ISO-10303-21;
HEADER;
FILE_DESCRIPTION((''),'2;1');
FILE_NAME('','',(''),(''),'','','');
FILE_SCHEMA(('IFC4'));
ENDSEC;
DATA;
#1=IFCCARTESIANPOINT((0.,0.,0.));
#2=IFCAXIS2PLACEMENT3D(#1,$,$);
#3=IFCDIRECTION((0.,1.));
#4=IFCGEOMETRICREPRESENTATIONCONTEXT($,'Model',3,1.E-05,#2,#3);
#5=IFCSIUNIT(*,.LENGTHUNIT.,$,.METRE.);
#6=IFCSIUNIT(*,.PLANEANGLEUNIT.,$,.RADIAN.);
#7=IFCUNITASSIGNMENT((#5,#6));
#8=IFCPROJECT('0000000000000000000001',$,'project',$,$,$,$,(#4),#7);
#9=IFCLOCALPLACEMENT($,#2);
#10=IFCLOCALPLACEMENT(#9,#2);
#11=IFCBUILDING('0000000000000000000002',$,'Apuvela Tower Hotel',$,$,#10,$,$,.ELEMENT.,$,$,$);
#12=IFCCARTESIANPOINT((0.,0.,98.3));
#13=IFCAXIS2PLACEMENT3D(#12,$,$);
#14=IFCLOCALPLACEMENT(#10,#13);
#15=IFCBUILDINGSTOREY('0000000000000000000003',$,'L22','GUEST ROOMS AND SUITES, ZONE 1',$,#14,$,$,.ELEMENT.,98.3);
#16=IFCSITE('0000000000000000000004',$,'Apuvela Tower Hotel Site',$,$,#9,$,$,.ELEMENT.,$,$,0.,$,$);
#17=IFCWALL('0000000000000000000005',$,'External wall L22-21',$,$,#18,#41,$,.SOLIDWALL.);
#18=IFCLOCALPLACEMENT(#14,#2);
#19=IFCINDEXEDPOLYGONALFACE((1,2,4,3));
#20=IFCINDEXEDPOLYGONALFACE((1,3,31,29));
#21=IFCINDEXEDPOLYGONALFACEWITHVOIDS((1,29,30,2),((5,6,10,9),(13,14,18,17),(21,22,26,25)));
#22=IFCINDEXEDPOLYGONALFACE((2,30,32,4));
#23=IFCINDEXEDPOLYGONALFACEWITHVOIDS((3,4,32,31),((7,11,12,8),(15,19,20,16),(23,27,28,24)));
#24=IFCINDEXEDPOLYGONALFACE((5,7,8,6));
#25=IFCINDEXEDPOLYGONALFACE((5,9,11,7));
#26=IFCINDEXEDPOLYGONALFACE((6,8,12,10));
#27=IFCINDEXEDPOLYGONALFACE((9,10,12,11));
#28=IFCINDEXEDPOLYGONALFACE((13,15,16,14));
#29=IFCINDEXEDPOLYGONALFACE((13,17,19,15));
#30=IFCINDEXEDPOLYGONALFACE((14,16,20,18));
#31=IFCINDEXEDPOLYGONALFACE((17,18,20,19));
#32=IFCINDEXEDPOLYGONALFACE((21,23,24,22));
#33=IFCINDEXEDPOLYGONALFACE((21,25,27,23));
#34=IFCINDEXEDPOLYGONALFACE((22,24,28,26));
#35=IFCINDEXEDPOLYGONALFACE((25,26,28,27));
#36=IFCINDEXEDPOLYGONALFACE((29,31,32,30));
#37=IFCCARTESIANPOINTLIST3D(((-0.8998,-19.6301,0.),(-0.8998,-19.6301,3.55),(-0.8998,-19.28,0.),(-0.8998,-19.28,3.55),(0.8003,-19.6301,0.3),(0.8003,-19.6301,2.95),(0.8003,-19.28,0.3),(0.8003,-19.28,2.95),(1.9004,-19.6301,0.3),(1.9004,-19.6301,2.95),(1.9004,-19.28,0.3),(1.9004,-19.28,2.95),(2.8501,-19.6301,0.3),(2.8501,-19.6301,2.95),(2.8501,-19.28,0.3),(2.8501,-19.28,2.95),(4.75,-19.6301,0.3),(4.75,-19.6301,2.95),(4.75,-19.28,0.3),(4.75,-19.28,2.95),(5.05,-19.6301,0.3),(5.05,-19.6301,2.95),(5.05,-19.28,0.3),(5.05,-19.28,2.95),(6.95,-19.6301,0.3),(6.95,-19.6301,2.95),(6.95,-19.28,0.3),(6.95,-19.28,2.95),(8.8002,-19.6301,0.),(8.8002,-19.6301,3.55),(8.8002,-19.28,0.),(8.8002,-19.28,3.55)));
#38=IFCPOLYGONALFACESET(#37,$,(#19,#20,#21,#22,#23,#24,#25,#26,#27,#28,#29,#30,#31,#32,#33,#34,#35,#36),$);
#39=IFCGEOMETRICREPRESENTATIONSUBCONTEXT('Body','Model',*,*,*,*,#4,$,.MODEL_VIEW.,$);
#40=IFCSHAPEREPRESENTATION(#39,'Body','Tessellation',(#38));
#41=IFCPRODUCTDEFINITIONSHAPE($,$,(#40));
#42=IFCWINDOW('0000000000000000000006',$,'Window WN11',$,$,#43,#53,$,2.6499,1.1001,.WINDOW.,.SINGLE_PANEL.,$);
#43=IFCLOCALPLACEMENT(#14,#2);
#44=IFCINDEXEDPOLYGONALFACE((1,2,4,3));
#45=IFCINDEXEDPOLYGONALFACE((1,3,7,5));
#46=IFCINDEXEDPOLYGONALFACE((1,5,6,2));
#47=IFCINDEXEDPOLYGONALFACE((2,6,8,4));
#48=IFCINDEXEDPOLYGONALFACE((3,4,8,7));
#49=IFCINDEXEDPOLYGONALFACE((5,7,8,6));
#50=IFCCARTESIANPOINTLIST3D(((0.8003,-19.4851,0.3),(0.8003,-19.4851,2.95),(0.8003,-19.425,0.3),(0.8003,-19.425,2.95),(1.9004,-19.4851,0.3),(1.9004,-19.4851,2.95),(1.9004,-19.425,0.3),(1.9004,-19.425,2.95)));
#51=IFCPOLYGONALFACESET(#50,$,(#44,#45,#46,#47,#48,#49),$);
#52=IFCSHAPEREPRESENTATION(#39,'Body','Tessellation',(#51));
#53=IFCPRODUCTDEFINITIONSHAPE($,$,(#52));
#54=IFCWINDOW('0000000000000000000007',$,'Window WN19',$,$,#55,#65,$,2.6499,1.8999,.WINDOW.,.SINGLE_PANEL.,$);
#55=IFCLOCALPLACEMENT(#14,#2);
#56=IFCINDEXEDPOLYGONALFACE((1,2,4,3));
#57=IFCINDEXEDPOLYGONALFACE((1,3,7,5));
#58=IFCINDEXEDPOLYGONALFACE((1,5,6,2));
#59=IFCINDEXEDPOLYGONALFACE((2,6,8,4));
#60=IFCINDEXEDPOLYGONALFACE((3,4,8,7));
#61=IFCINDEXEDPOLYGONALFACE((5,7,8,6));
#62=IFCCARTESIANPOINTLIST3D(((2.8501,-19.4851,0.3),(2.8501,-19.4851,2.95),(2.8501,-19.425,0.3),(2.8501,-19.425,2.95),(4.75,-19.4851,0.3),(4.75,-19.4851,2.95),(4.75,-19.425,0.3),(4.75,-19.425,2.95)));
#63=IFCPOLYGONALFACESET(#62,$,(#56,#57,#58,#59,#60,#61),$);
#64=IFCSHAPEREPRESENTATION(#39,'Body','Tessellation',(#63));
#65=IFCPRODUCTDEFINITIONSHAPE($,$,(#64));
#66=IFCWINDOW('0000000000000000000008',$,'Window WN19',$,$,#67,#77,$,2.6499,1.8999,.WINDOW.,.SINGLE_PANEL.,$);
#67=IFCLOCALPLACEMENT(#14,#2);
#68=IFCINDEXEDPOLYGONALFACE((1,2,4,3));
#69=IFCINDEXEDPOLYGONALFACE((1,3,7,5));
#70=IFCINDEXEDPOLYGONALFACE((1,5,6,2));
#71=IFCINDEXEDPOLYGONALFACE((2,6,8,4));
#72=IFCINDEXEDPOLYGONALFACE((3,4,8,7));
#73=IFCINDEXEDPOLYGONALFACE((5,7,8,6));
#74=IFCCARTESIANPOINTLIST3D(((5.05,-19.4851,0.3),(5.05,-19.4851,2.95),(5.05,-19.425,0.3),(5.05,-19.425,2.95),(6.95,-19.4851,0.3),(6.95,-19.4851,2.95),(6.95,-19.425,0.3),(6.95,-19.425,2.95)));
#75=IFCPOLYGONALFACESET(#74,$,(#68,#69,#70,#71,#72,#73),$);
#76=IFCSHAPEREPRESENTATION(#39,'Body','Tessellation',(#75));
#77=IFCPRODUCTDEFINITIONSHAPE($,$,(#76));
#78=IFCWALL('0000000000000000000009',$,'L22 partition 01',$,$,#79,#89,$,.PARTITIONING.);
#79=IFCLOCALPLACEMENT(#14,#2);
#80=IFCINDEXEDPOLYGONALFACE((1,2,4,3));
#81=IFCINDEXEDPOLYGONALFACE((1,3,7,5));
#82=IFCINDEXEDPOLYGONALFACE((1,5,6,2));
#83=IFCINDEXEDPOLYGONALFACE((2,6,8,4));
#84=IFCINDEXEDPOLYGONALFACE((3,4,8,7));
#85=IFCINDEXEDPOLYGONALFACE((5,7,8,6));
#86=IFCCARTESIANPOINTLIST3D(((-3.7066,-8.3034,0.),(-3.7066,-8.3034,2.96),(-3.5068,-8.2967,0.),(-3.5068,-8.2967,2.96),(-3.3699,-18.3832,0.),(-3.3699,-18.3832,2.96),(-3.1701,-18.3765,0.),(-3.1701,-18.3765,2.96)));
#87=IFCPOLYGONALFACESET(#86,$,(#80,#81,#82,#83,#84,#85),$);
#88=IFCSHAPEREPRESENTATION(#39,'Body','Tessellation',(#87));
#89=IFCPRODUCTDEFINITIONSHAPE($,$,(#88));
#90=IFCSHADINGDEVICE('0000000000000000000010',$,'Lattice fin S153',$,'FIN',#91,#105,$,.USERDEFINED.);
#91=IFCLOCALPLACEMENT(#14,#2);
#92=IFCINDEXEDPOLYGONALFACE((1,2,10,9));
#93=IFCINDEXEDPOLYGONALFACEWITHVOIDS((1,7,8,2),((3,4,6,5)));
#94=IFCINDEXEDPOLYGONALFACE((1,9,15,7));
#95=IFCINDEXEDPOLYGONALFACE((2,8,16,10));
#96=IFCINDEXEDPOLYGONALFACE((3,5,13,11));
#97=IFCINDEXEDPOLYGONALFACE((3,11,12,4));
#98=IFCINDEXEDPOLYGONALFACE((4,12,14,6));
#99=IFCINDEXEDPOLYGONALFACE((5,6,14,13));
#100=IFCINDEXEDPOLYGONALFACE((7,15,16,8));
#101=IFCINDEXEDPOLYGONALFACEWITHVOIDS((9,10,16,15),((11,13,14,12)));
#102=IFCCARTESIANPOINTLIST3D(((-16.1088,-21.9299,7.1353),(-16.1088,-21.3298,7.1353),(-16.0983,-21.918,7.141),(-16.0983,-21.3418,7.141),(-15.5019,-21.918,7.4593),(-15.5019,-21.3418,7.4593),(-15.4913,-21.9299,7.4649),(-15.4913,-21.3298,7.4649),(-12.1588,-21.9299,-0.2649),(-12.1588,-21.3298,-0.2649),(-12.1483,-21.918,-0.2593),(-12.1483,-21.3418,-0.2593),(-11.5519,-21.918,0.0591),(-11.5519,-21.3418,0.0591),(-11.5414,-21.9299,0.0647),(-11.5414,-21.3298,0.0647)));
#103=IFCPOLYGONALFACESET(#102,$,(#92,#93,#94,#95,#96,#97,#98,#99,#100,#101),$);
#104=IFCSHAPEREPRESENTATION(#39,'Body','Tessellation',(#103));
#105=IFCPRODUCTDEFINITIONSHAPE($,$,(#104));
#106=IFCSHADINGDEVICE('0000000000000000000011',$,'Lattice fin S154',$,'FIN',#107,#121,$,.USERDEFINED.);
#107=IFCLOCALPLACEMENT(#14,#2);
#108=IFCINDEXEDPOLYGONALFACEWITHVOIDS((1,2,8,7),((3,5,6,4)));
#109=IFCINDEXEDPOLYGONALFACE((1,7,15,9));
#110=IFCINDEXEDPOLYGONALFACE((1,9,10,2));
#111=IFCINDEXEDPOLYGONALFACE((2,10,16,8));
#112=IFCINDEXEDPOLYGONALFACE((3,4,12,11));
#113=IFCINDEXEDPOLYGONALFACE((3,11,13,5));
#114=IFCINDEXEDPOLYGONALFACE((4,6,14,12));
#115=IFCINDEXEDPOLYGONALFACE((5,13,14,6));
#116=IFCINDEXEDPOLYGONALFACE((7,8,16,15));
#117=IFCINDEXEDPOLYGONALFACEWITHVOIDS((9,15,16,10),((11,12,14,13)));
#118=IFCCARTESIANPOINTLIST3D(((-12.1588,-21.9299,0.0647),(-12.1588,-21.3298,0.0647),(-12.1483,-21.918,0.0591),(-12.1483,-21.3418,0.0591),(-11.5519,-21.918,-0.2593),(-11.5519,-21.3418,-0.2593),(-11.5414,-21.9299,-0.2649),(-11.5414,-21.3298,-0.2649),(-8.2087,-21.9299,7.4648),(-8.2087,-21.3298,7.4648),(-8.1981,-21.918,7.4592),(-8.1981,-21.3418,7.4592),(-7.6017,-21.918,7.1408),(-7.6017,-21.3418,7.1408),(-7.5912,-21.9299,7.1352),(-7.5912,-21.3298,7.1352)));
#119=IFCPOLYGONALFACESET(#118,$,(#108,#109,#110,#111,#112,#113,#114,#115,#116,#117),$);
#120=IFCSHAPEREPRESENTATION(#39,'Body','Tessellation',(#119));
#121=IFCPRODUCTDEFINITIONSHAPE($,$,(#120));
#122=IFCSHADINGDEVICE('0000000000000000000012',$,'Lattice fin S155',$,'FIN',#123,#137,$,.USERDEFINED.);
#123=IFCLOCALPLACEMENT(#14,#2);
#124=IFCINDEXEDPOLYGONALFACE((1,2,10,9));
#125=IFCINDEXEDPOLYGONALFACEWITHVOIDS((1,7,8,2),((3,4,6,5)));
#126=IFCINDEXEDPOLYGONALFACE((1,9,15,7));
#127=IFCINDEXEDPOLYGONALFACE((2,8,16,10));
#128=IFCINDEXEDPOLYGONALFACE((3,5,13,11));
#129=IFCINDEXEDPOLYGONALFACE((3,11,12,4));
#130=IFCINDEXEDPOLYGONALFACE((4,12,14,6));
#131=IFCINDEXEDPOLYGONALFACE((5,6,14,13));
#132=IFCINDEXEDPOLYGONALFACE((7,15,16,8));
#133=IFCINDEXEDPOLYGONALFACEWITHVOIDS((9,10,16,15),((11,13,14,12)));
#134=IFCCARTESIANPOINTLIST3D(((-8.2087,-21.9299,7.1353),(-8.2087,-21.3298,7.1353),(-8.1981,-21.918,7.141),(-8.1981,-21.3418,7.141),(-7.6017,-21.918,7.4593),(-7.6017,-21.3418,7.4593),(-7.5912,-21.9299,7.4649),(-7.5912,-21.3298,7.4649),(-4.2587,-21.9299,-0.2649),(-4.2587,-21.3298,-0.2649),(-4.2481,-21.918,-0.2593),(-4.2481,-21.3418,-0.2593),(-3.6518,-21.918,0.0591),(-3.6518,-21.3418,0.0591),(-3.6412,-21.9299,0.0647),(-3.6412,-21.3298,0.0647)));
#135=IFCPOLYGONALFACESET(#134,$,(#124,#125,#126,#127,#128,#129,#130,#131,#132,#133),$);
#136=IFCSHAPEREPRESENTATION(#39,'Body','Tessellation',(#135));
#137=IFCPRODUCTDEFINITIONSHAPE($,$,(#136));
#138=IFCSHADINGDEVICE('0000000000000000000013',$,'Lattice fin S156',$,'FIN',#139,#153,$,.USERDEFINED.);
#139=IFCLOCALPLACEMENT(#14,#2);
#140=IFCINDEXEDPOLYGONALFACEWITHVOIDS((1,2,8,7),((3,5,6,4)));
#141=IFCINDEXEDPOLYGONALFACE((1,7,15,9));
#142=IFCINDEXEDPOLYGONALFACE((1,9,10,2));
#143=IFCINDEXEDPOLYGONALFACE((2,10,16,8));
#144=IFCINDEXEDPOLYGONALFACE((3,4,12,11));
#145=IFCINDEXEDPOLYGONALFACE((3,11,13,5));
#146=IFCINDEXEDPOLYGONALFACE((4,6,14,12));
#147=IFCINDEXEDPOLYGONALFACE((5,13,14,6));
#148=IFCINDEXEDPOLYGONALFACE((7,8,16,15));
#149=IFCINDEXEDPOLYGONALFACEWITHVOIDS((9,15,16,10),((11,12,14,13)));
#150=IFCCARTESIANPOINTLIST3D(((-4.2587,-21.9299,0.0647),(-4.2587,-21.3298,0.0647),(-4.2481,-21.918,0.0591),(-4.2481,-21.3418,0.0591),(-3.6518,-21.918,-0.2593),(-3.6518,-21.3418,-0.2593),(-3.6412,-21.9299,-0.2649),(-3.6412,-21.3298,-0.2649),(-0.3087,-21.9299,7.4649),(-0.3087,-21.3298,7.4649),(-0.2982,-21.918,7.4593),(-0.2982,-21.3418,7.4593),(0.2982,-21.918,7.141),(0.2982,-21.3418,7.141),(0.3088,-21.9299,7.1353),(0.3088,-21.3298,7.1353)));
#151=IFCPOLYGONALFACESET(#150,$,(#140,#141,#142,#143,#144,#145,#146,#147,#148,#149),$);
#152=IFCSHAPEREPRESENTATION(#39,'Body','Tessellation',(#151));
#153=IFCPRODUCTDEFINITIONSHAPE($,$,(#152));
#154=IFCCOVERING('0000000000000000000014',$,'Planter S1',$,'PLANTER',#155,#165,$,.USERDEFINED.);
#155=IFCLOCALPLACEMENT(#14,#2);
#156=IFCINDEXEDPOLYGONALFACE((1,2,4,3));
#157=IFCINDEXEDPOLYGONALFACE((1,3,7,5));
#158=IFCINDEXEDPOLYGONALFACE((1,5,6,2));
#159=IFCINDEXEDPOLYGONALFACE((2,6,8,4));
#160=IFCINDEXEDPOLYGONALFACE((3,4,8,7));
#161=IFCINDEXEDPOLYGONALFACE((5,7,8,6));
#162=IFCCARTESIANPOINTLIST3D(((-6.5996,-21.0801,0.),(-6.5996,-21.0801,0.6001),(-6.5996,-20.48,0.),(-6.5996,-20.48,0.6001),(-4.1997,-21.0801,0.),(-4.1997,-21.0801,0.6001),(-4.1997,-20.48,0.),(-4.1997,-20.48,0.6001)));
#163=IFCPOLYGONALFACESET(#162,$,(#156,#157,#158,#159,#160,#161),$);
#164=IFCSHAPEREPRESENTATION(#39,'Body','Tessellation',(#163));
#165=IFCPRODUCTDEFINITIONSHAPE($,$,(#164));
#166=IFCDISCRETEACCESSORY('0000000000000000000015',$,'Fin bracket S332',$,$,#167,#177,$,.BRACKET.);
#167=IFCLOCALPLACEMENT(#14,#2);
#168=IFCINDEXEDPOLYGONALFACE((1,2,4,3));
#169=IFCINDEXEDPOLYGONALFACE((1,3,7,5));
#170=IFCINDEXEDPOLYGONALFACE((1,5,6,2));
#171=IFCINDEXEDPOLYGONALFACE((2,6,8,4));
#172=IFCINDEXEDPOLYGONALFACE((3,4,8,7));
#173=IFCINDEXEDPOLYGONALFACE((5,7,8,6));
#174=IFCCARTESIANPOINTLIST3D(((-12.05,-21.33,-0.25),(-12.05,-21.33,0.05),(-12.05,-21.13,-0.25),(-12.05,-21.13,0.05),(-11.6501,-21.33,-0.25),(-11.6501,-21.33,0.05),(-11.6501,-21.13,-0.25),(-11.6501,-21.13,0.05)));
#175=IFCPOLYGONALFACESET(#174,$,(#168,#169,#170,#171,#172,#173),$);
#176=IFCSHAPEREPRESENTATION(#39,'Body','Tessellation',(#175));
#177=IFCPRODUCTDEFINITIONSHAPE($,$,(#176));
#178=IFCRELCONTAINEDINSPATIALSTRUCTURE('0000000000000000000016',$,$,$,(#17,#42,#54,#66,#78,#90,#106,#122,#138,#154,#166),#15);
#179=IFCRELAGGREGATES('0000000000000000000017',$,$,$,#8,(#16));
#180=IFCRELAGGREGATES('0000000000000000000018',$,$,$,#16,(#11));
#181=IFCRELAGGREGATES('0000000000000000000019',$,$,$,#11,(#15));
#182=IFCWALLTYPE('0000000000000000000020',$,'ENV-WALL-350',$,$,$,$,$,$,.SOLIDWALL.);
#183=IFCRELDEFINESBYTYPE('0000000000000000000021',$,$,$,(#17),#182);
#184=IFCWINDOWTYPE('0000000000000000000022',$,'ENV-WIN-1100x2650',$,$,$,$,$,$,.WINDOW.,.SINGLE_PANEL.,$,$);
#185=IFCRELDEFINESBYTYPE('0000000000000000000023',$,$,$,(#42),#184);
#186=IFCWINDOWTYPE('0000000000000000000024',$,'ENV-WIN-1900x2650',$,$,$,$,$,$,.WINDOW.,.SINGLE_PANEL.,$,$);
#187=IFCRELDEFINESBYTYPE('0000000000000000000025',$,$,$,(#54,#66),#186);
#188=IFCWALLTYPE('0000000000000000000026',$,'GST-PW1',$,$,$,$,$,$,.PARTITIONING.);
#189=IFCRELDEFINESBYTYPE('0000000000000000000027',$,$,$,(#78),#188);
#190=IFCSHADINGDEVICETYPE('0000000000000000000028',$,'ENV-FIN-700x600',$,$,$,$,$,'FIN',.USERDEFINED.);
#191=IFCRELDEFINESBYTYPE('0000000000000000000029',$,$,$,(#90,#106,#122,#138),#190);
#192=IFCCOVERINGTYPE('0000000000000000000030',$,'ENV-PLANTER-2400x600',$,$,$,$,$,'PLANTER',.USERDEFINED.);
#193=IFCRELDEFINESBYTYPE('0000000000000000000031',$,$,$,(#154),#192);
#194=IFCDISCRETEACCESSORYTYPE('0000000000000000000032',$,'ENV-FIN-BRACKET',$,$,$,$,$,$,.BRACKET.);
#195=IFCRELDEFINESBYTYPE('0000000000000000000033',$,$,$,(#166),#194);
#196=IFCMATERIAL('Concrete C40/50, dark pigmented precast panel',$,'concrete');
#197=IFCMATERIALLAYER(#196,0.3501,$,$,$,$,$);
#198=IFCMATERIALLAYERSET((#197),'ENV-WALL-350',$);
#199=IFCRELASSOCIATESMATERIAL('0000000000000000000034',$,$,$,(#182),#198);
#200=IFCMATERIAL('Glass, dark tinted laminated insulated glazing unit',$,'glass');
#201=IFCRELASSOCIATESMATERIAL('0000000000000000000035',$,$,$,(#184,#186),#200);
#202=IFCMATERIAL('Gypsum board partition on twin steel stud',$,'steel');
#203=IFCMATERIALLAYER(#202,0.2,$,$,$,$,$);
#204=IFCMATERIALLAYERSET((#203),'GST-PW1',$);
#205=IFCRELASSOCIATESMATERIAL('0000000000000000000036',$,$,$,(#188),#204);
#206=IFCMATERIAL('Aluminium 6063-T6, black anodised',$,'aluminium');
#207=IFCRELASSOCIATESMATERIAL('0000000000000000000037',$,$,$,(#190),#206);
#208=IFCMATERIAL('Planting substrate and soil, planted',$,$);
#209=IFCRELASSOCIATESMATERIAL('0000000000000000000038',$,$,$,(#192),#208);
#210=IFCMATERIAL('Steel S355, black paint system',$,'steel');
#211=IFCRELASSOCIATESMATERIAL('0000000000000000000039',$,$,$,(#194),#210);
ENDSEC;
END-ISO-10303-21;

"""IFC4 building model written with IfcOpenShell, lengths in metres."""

from ifc_helpers import new_model, si_unit, direction, frame, frame_2d, origin, origin_2d, place, context, subcontext, project, spatial, rectangle, hollow_rectangle, extrude, material, layer, layer_set, material_profile, profile_set, type_object, element, fill, save


model = new_model("IFC4")

# Units and contexts
model_context = context("Model", 3, precision=1e-05, world=origin(), true_north=direction((0.0, 1.0)))
body_context = subcontext(model_context, "Body", "Model", "MODEL_VIEW")
ifc_project = project(units=[si_unit("LENGTHUNIT", "METRE"), si_unit("PLANEANGLEUNIT", "RADIAN")], contexts=[model_context])

# Site, building, storey
site_placement = place(None, origin())
site = spatial("IfcSite", under=ifc_project, at=site_placement, Name="Apuvela Tower Hotel Site", CompositionType="ELEMENT", RefElevation=0.0)
building_placement = place(site_placement, origin())
building = spatial("IfcBuilding", under=site, at=building_placement, Name="Apuvela Tower Hotel", CompositionType="ELEMENT")
storey_placement = place(building_placement, frame((0.0, 0.0, 98.3)))
storey = spatial("IfcBuildingStorey", under=building, at=storey_placement, Name="L22", Description="GUEST ROOMS AND SUITES, ZONE 1", CompositionType="ELEMENT", Elevation=98.3)

# Shared definitions
ifc_material_1 = material(Name="Concrete C40/50, dark pigmented precast panel", Category="concrete")
ifc_layer_1 = layer(ifc_material_1, 0.3501)
ifc_layer_set_1 = layer_set([ifc_layer_1], Name="ENV-WALL-350")
wall_type_1 = type_object("IfcWallType", Name="ENV-WALL-350", PredefinedType="SOLIDWALL", material=ifc_layer_set_1)

# Shared definitions
ifc_material_2 = material(Name="Glass, dark tinted laminated insulated glazing unit", Category="glass")

# Wall, openings, windows
wall_1_placement = place(storey_placement, frame((-0.8999, -19.4551, 0.0), z_axis=(0.0, 0.0, 1.0), x_axis=(1.0, 0.0, 0.0)))
wall_1 = element("IfcWall", 1, at=wall_1_placement, inside=storey, type_object=wall_type_1, Name="External wall L22-21", PredefinedType="SOLIDWALL", context=body_context, shape_type="SweptSolid", body=[
    extrude(rectangle(XDim=9.7, YDim=0.3501, at=frame_2d((4.8501, 0.0))), origin(), (0.0, 0.0, 1.0), 3.55),
])
opening_1_placement = place(wall_1_placement, frame((1.7002, 0.0, 0.3)))
opening_1 = element("IfcOpeningElement", 2, at=opening_1_placement, cuts=wall_1, PredefinedType="OPENING", context=body_context, shape_type="SweptSolid", body=[
    extrude(rectangle(XDim=1.1001, YDim=2.6499, at=frame_2d((0.55, 1.325))), frame((0.0, 0.1851, 0.0), z_axis=(0.0, -1.0, 0.0), x_axis=(1.0, 0.0, 0.0)), (0.0, 0.0, 1.0), 0.3701),
])
opening_2_placement = place(wall_1_placement, frame((3.75, 0.0, 0.3)))
opening_2 = element("IfcOpeningElement", 3, at=opening_2_placement, cuts=wall_1, PredefinedType="OPENING", context=body_context, shape_type="SweptSolid", body=[
    extrude(rectangle(XDim=1.8999, YDim=2.6499, at=frame_2d((0.95, 1.325))), frame((0.0, 0.1851, 0.0), z_axis=(0.0, -1.0, 0.0), x_axis=(1.0, 0.0, 0.0)), (0.0, 0.0, 1.0), 0.3701),
])
opening_3_placement = place(wall_1_placement, frame((5.95, 0.0, 0.3)))
opening_3 = element("IfcOpeningElement", 4, at=opening_3_placement, cuts=wall_1, PredefinedType="OPENING", context=body_context, shape_type="SweptSolid", body=[
    extrude(rectangle(XDim=1.8999, YDim=2.6499, at=frame_2d((0.95, 1.325))), frame((0.0, 0.1851, 0.0), z_axis=(0.0, -1.0, 0.0), x_axis=(1.0, 0.0, 0.0)), (0.0, 0.0, 1.0), 0.3701),
])
window_type_1 = type_object("IfcWindowType", Name="ENV-WIN-1100x2650", PartitioningType="SINGLE_PANEL", PredefinedType="WINDOW", material=ifc_material_2)
window_1_placement = place(opening_1_placement, origin())
window_1 = element("IfcWindow", 5, at=window_1_placement, inside=storey, type_object=window_type_1, Name="Window WN11", OverallHeight=2.6499, OverallWidth=1.1001, PartitioningType="SINGLE_PANEL", PredefinedType="WINDOW", context=body_context, shape_type="SweptSolid", body=[
    extrude(rectangle(XDim=1.1001, YDim=2.6499, at=frame_2d((0.55, 1.325))), frame((0.0, 0.03, 0.0), z_axis=(0.0, -1.0, 0.0), x_axis=(1.0, 0.0, 0.0)), (0.0, 0.0, 1.0), 0.0601),
])
fill(opening_1, window_1)
window_type_2 = type_object("IfcWindowType", Name="ENV-WIN-1900x2650", PartitioningType="SINGLE_PANEL", PredefinedType="WINDOW", material=ifc_material_2)
window_2_placement = place(opening_2_placement, origin())
window_2 = element("IfcWindow", 6, at=window_2_placement, inside=storey, type_object=window_type_2, Name="Window WN19", OverallHeight=2.6499, OverallWidth=1.8999, PartitioningType="SINGLE_PANEL", PredefinedType="WINDOW", context=body_context, shape_type="SweptSolid", body=[
    extrude(rectangle(XDim=1.8999, YDim=2.6499, at=frame_2d((0.95, 1.325))), frame((0.0, 0.03, 0.0), z_axis=(0.0, -1.0, 0.0), x_axis=(1.0, 0.0, 0.0)), (0.0, 0.0, 1.0), 0.0601),
])
fill(opening_2, window_2)
window_3_placement = place(opening_3_placement, origin())
window_3 = element("IfcWindow", 7, at=window_3_placement, inside=storey, type_object=window_type_2, Name="Window WN19", OverallHeight=2.6499, OverallWidth=1.8999, PartitioningType="SINGLE_PANEL", PredefinedType="WINDOW", context=body_context, shape_type="SweptSolid", body=[
    extrude(rectangle(XDim=1.8999, YDim=2.6499, at=frame_2d((0.95, 1.325))), frame((0.0, 0.03, 0.0), z_axis=(0.0, -1.0, 0.0), x_axis=(1.0, 0.0, 0.0)), (0.0, 0.0, 1.0), 0.0601),
])
fill(opening_3, window_3)

# Wall
ifc_material_3 = material(Name="Gypsum board partition on twin steel stud", Category="steel")
ifc_layer_2 = layer(ifc_material_3, 0.2)
ifc_layer_set_2 = layer_set([ifc_layer_2], Name="GST-PW1")
wall_type_2 = type_object("IfcWallType", Name="GST-PW1", PredefinedType="PARTITIONING", material=ifc_layer_set_2)
wall_2_placement = place(storey_placement, frame((-3.27, -18.3799, 0.0), z_axis=(0.0, 0.0, 1.0), x_axis=(-0.033382, 0.999443, 0.0)))
element("IfcWall", 8, at=wall_2_placement, inside=storey, type_object=wall_type_2, Name="L22 partition 01", PredefinedType="PARTITIONING", context=body_context, shape_type="SweptSolid", body=[
    extrude(rectangle(XDim=10.0854, YDim=0.2, at=frame_2d((5.0427, 0.0))), origin(), (0.0, 0.0, 1.0), 2.96),
])

# Shading devices
ifc_material_4 = material(Name="Aluminium 6063-T6, black anodised", Category="aluminium")
ifc_material_profile_1 = material_profile(ifc_material_4, hollow_rectangle(XDim=0.6001, YDim=0.7, WallThickness=0.012, at=origin_2d()), Name="AL BOX 700x600x12")
ifc_profile_set_1 = profile_set([ifc_material_profile_1], Name="Aluminium 6063-T6, black anodised")
shading_device_type = type_object("IfcShadingDeviceType", Name="ENV-FIN-700x600", ElementType="FIN", PredefinedType="USERDEFINED", material=ifc_profile_set_1)
for number, where, z_axis, x_axis, name in (
    (9, (-11.8501, -21.6299, -0.1001), (-0.470886, 0.0, 0.882194), (0.0, -1.0, 0.0), "Lattice fin S153"),
    (10, (-11.8501, -21.6299, -0.1001), (0.470908, 0.0, 0.882182), (0.0, 1.0, 0.0), "Lattice fin S154"),
    (11, (-3.95, -21.6299, -0.1001), (-0.470886, 0.0, 0.882194), (0.0, -1.0, 0.0), "Lattice fin S155"),
    (12, (-3.95, -21.6299, -0.1001), (0.470886, 0.0, 0.882194), (0.0, 1.0, 0.0), "Lattice fin S156"),
):
    element("IfcShadingDevice", number, at=place(storey_placement, frame(where, z_axis=z_axis, x_axis=x_axis)), inside=storey, type_object=shading_device_type, Name=name, ObjectType="FIN", PredefinedType="USERDEFINED", context=body_context, shape_type="SweptSolid", body=[
        extrude(hollow_rectangle(XDim=0.6001, YDim=0.7, WallThickness=0.012, at=origin_2d()), origin(), (0.0, 0.0, 1.0), 8.3884),
    ])

# Covering
ifc_material_5 = material(Name="Planting substrate and soil, planted")
covering_type = type_object("IfcCoveringType", Name="ENV-PLANTER-2400x600", ElementType="PLANTER", PredefinedType="USERDEFINED", material=ifc_material_5)
covering_placement = place(storey_placement, frame((-5.3997, -20.78, 0.0), z_axis=(0.0, 0.0, 1.0), x_axis=(1.0, 0.0, 0.0)))
element("IfcCovering", 13, at=covering_placement, inside=storey, type_object=covering_type, Name="Planter S1", ObjectType="PLANTER", PredefinedType="USERDEFINED", context=body_context, shape_type="SweptSolid", body=[
    extrude(rectangle(XDim=2.3999, YDim=0.6001, at=origin_2d()), origin(), (0.0, 0.0, 1.0), 0.6001),
])

# Discrete accessory
ifc_material_6 = material(Name="Steel S355, black paint system", Category="steel")
discrete_accessory_type = type_object("IfcDiscreteAccessoryType", Name="ENV-FIN-BRACKET", PredefinedType="BRACKET", material=ifc_material_6)
for number, where, z_axis, x_axis, name in (
    (14, (-11.8501, -21.23, -0.25), (0.0, 0.0, 1.0), (1.0, 0.0, 0.0), "Fin bracket S332"),
):
    element("IfcDiscreteAccessory", number, at=place(storey_placement, frame(where, z_axis=z_axis, x_axis=x_axis)), inside=storey, type_object=discrete_accessory_type, Name=name, PredefinedType="BRACKET", context=body_context, shape_type="SweptSolid", body=[
        extrude(rectangle(XDim=0.3999, YDim=0.2, at=origin_2d()), origin(), (0.0, 0.0, 1.0), 0.3),
    ])

save(model, "model.ifc")
